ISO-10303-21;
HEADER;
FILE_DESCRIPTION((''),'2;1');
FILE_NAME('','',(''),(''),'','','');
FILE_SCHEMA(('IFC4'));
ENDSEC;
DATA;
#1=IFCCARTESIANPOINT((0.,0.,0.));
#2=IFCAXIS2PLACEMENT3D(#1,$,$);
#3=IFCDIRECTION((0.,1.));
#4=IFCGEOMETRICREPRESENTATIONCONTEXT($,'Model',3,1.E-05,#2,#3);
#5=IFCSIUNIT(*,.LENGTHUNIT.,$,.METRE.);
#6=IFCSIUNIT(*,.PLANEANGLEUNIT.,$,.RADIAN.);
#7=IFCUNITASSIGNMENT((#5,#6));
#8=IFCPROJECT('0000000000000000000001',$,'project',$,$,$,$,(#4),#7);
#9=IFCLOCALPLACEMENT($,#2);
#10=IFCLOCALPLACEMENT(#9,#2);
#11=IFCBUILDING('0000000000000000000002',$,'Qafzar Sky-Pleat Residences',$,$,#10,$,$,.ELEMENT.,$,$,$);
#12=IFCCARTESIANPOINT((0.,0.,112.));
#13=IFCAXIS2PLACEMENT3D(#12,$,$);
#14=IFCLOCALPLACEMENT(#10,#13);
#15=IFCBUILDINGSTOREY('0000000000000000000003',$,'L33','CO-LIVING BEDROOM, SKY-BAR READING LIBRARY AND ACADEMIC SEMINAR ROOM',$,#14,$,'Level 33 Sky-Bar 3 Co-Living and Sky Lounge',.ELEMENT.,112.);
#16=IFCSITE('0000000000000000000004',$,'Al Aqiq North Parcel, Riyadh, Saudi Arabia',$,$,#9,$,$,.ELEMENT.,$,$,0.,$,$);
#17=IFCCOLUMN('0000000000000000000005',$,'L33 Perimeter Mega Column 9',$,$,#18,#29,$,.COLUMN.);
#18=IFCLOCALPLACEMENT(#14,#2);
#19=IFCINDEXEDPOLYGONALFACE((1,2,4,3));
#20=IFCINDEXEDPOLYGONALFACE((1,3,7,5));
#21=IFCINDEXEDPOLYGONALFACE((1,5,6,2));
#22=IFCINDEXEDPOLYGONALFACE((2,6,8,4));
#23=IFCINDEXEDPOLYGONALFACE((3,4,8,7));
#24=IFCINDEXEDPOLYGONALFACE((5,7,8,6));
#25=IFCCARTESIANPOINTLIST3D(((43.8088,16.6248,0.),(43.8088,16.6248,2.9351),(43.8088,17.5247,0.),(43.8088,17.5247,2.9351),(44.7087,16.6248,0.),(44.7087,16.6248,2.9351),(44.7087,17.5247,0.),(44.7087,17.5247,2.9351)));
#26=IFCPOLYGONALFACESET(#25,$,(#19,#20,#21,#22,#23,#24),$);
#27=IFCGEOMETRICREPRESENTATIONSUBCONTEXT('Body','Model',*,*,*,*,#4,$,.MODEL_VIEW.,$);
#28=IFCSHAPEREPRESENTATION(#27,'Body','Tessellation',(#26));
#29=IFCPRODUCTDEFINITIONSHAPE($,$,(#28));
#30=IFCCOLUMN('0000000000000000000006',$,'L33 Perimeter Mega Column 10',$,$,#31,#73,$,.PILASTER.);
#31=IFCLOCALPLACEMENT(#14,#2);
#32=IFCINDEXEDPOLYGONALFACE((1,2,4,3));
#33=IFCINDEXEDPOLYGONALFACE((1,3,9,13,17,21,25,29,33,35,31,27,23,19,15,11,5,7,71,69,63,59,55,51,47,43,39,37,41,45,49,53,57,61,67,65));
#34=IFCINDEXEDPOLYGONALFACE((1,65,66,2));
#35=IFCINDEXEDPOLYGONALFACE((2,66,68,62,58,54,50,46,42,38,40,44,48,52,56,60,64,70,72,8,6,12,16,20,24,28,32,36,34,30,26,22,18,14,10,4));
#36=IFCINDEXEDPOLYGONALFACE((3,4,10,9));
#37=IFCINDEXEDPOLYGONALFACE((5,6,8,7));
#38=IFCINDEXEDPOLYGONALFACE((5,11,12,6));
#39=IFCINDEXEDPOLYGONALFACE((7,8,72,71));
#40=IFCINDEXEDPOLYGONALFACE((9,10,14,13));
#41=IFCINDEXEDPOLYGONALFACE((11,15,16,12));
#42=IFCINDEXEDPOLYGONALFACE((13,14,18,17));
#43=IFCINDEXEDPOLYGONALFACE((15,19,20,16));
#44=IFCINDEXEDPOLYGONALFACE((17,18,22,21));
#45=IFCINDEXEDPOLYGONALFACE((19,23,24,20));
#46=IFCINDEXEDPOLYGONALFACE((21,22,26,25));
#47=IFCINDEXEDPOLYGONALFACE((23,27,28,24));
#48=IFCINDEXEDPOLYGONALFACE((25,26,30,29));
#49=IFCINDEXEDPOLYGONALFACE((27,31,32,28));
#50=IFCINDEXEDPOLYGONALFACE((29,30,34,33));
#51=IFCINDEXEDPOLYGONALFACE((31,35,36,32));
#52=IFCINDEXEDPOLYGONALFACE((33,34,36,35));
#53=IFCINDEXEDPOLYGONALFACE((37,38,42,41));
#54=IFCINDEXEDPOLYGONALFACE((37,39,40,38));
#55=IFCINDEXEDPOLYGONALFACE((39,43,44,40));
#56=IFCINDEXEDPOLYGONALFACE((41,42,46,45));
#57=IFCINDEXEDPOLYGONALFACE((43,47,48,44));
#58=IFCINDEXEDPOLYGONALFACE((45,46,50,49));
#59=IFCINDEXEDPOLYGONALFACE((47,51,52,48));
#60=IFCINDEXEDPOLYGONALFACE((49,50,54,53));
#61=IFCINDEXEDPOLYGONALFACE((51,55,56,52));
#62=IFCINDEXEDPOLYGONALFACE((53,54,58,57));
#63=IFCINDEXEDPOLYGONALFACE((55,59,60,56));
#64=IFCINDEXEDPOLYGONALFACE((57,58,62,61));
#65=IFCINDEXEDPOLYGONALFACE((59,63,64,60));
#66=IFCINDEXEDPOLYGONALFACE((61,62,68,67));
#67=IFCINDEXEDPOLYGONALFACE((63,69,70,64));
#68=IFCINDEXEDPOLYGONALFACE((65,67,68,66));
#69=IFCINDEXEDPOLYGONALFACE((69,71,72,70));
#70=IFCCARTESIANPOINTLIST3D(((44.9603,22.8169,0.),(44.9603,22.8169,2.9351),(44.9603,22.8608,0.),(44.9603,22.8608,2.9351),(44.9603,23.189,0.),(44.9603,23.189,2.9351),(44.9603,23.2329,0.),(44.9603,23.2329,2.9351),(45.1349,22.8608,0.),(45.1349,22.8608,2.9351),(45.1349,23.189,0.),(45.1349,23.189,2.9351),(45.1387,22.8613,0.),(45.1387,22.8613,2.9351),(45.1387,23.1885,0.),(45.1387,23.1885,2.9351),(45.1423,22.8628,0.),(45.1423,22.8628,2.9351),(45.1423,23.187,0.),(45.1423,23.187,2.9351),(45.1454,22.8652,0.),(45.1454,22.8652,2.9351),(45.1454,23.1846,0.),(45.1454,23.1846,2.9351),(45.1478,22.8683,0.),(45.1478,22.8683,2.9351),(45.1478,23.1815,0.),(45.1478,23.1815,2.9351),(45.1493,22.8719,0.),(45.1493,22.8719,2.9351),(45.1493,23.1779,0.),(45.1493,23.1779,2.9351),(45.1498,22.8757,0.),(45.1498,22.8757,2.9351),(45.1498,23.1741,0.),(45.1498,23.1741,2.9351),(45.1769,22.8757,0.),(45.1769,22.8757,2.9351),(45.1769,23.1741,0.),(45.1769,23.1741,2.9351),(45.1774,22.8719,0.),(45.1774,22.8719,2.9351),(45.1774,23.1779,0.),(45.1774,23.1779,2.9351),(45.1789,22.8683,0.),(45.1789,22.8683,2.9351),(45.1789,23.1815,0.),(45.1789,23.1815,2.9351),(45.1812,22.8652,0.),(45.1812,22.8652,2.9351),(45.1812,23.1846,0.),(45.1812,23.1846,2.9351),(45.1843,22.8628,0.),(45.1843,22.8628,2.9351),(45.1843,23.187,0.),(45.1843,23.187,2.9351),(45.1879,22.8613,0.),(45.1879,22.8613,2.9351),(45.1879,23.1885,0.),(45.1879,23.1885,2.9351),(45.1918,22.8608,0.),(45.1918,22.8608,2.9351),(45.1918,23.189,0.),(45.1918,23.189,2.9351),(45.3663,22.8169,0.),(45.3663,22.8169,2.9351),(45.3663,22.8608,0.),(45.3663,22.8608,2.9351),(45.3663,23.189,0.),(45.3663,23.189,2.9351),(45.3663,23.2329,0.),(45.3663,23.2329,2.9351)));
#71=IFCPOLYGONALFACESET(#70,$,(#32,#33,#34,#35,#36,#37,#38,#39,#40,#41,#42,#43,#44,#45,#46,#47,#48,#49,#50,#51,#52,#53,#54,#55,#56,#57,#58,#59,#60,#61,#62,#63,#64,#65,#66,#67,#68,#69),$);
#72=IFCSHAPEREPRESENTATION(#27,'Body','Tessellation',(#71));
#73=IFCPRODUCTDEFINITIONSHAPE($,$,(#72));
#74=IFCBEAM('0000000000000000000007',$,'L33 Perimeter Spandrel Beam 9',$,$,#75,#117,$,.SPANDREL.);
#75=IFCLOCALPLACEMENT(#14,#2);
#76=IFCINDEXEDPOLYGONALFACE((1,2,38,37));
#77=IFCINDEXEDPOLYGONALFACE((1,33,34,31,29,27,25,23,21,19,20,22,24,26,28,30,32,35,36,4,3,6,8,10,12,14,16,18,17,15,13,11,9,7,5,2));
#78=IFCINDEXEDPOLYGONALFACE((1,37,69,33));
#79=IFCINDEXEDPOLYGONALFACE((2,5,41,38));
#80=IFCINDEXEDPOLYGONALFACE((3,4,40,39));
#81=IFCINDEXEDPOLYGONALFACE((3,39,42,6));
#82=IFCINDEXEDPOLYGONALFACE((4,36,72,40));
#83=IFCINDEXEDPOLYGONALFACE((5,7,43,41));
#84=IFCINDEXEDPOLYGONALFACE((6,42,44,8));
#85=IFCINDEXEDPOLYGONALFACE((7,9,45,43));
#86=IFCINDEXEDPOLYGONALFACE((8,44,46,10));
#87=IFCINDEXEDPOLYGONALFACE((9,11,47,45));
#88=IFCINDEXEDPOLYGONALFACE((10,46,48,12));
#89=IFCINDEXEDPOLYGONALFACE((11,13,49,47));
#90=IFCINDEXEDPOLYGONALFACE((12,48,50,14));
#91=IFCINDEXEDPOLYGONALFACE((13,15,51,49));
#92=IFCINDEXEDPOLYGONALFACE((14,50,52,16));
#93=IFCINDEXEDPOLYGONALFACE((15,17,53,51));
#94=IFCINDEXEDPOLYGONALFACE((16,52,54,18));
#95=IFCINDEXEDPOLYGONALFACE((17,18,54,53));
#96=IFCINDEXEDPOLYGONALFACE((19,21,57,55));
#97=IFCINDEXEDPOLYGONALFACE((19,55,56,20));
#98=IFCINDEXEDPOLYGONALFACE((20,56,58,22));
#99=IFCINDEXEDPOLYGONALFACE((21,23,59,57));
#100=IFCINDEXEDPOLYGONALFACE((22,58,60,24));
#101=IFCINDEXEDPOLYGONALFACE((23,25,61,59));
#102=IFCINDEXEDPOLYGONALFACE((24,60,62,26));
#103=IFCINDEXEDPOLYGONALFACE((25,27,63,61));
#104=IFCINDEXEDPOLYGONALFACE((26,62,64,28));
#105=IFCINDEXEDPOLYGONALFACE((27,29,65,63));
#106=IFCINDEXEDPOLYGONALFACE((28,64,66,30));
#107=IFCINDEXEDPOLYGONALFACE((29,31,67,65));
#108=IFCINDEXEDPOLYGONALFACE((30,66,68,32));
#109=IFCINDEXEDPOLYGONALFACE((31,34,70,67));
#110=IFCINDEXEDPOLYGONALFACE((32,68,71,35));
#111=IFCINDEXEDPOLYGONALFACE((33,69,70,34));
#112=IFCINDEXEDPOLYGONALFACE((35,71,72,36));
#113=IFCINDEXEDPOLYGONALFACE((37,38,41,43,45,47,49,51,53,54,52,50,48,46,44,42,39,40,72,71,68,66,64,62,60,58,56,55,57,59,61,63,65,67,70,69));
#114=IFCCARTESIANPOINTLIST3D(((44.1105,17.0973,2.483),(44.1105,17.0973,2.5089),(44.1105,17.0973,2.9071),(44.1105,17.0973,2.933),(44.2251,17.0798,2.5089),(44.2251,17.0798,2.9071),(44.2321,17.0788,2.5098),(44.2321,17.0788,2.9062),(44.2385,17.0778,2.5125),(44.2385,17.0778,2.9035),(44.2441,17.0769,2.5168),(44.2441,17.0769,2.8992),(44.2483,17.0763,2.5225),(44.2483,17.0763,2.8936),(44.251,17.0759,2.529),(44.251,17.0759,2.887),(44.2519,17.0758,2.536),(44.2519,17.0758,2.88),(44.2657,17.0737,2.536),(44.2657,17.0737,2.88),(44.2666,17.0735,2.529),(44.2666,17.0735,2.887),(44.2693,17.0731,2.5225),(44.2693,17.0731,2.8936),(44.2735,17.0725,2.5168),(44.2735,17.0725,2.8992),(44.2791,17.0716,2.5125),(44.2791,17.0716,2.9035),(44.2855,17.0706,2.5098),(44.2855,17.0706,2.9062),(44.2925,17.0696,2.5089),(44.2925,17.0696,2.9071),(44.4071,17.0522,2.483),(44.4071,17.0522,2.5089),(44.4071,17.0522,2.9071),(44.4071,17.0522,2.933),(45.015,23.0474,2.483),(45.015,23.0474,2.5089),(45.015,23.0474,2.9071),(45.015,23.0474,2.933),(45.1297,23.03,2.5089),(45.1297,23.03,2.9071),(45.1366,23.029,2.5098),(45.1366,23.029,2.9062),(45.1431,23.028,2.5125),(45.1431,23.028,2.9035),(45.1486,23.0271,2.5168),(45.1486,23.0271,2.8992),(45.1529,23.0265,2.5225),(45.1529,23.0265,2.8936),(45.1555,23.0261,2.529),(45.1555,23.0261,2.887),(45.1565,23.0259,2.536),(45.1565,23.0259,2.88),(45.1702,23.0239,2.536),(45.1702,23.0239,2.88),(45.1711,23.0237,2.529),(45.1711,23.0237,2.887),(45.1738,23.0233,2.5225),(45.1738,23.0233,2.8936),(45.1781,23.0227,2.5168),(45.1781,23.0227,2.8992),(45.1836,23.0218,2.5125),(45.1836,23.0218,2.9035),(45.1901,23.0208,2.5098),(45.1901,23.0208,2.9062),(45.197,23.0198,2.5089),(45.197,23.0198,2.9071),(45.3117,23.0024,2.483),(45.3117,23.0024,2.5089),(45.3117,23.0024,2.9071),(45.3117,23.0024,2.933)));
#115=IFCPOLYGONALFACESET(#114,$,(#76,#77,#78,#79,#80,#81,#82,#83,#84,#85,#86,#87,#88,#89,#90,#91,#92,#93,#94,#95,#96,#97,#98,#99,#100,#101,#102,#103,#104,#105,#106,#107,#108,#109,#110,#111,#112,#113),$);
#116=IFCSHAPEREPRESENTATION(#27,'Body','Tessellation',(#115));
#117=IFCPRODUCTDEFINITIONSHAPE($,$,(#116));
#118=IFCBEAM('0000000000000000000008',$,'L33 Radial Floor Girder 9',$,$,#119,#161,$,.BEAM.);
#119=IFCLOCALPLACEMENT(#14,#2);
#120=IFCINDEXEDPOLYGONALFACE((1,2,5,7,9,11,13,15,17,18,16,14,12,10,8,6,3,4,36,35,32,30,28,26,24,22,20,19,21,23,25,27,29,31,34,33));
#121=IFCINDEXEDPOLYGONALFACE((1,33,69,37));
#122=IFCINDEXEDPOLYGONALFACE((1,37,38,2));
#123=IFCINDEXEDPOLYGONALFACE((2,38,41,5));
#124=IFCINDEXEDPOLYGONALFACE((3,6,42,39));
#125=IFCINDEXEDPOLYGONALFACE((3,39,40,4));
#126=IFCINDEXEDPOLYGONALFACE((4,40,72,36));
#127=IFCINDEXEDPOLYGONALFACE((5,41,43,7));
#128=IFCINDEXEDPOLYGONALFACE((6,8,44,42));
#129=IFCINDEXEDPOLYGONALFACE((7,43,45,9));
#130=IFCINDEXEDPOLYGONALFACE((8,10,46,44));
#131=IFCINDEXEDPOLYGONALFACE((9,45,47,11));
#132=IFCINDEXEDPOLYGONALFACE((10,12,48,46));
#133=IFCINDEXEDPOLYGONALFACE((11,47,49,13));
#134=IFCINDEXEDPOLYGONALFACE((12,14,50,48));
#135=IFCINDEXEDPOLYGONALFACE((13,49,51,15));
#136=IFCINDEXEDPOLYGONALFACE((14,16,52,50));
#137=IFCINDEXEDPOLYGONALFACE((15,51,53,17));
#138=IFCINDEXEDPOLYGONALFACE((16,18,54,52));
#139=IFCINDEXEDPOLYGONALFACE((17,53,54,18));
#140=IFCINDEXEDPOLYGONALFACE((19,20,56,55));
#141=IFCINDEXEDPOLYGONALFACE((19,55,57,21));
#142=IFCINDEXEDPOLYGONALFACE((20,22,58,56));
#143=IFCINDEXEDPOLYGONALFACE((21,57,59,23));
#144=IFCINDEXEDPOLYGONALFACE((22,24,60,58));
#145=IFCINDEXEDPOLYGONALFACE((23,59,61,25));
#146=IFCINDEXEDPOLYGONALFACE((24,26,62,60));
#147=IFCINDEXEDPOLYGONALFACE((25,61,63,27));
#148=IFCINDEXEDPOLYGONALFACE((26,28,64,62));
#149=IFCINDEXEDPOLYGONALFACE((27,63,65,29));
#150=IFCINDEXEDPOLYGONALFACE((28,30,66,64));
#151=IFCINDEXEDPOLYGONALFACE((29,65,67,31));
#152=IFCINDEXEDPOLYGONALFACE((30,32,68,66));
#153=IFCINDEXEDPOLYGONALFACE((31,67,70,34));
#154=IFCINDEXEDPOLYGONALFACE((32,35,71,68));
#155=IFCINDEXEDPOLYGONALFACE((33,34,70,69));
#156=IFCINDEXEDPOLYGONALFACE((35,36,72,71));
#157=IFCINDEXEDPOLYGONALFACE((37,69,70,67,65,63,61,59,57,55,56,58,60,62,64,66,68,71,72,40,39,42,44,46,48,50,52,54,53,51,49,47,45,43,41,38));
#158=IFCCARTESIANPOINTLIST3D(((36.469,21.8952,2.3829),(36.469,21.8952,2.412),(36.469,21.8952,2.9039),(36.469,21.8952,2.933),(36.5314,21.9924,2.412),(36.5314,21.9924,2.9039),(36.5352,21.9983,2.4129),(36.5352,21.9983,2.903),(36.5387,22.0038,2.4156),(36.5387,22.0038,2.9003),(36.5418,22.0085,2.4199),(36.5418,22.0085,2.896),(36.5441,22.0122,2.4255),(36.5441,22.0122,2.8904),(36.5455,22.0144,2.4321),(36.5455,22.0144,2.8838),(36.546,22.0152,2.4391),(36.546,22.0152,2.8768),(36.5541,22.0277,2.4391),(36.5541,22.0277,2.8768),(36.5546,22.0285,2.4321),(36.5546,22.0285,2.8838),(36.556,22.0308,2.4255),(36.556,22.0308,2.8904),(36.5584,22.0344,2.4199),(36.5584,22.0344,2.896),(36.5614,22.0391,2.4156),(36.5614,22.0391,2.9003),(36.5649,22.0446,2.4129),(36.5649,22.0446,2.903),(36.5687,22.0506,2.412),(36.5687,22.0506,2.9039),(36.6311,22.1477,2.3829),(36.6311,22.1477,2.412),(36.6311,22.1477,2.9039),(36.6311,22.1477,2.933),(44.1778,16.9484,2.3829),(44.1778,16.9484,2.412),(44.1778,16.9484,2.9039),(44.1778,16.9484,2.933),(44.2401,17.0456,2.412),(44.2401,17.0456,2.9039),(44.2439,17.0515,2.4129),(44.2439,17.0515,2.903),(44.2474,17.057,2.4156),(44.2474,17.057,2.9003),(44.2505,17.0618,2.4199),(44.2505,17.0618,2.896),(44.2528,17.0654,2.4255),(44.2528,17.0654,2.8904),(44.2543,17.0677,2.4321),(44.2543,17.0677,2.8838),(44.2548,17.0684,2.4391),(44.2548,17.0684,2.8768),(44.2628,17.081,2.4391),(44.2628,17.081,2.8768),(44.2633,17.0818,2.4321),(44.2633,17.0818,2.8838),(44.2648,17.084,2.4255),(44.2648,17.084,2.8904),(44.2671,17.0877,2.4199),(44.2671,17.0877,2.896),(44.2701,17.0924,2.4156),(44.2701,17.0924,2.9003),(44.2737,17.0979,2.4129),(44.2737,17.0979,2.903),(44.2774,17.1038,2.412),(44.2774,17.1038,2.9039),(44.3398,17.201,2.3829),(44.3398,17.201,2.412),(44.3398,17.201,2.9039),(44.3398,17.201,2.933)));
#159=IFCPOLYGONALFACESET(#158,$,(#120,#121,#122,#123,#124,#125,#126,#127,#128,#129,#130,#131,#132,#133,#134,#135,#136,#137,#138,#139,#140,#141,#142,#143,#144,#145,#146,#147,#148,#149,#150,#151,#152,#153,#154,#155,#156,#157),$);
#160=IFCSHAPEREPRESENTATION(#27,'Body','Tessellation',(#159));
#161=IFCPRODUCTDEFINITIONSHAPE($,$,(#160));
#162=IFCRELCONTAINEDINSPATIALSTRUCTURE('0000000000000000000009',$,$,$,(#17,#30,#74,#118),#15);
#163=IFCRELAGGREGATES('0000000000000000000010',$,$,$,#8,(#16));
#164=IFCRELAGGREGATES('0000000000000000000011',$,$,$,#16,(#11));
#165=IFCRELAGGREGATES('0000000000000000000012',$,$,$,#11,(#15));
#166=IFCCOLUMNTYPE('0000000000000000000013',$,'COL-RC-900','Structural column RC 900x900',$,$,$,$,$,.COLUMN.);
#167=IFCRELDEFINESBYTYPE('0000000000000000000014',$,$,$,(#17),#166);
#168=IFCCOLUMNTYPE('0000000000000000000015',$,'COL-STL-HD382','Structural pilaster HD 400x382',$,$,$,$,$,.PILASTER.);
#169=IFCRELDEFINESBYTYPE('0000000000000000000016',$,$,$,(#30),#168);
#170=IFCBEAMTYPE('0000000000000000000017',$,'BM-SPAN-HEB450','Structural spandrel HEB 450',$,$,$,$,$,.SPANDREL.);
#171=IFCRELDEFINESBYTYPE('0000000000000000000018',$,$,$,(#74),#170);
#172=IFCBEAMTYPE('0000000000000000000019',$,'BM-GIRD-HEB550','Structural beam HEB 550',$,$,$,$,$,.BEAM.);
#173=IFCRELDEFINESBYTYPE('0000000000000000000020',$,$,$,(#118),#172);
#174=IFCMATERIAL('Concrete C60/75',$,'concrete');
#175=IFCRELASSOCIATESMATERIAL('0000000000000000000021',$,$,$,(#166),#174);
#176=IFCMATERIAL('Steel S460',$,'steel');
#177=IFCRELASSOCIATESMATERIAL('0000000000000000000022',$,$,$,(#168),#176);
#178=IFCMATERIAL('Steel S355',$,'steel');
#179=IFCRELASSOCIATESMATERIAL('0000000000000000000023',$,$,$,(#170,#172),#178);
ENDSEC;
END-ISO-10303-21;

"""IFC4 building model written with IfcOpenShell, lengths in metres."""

from ifc_helpers import new_model, si_unit, direction, frame, origin, origin_2d, place, context, subcontext, project, spatial, rectangle, i_section, extrude, source, transform, mapped, material, material_profile, profile_set, type_object, element, save


model = new_model("IFC4")

# Units and contexts
model_context = context("Model", 3, precision=1e-05, world=origin(), true_north=direction((0.0, 1.0)))
body_context = subcontext(model_context, "Body", "Model", "MODEL_VIEW")
ifc_project = project(units=[si_unit("LENGTHUNIT", "METRE"), si_unit("PLANEANGLEUNIT", "RADIAN")], contexts=[model_context])

# Site, building, storey
site_placement = place(None, origin())
site = spatial("IfcSite", under=ifc_project, at=site_placement, Name="Al Aqiq North Parcel, Riyadh, Saudi Arabia", CompositionType="ELEMENT", RefElevation=0.0)
building_placement = place(site_placement, origin())
building = spatial("IfcBuilding", under=site, at=building_placement, Name="Qafzar Sky-Pleat Residences", CompositionType="ELEMENT")
storey_placement = place(building_placement, frame((0.0, 0.0, 112.0)))
storey = spatial("IfcBuildingStorey", under=building, at=storey_placement, Name="L33", Description="CO-LIVING BEDROOM, SKY-BAR READING LIBRARY AND ACADEMIC SEMINAR ROOM", LongName="Level 33 Sky-Bar 3 Co-Living and Sky Lounge", CompositionType="ELEMENT", Elevation=112.0)

# Columns
ifc_material_1 = material(Name="Concrete C60/75", Category="concrete")
ifc_material_profile_1 = material_profile(ifc_material_1, rectangle(XDim=0.8999, YDim=0.8999, at=origin_2d()), Name="RC 900x900")
ifc_profile_set_1 = profile_set([ifc_material_profile_1], Name="Concrete C60/75")
column_type_1 = type_object("IfcColumnType", Name="COL-RC-900", Description="Structural column RC 900x900", PredefinedType="COLUMN", material=ifc_profile_set_1)
shared_shape_1 = source(origin(), body_context, "Body", "SweptSolid", [
    extrude(rectangle(XDim=0.8999, YDim=0.8999, at=origin_2d()), origin(), (0.0, 0.0, 1.0), 2.9351),
])
column_1_placement = place(storey_placement, frame((44.2588, 17.0747, 0.0), z_axis=(0.0, 0.0, 1.0), x_axis=(1.0, 0.0, 0.0)))
element("IfcColumn", 1, at=column_1_placement, inside=storey, type_object=column_type_1, Name="L33 Perimeter Mega Column 9", PredefinedType="COLUMN", context=body_context, shape_type="MappedRepresentation", body=[
    mapped(shared_shape_1, transform((0.0, 0.0, 0.0), x_axis=(1.0, 0.0, 0.0), y_axis=(0.0, 1.0, 0.0), z_axis=(0.0, 0.0, 1.0), scale=1.0)),
])
ifc_material_2 = material(Name="Steel S460", Category="steel")
ifc_material_profile_2 = material_profile(ifc_material_2, i_section(OverallWidth=0.406, OverallDepth=0.416, WebThickness=0.0271, FlangeThickness=0.0439, FilletRadius=0.0149, at=origin_2d()), Name="HD 400x382")
ifc_profile_set_2 = profile_set([ifc_material_profile_2], Name="Steel S460")
column_type_2 = type_object("IfcColumnType", Name="COL-STL-HD382", Description="Structural pilaster HD 400x382", PredefinedType="PILASTER", material=ifc_profile_set_2)
shared_shape_2 = source(origin(), body_context, "Body", "SweptSolid", [
    extrude(i_section(OverallWidth=0.406, OverallDepth=0.416, WebThickness=0.0271, FlangeThickness=0.0439, FilletRadius=0.0149, at=origin_2d()), origin(), (0.0, 0.0, 1.0), 2.9351),
])
column_2_placement = place(storey_placement, frame((45.1633, 23.0249, 0.0), z_axis=(0.0, 0.0, 1.0), x_axis=(1.0, 0.0, 0.0)))
element("IfcColumn", 2, at=column_2_placement, inside=storey, type_object=column_type_2, Name="L33 Perimeter Mega Column 10", PredefinedType="PILASTER", context=body_context, shape_type="MappedRepresentation", body=[
    mapped(shared_shape_2, transform((0.0, 0.0, 0.0), x_axis=(1.0, 0.0, 0.0), y_axis=(0.0, 1.0, 0.0), z_axis=(0.0, 0.0, 1.0), scale=1.0)),
])

# Beams
ifc_material_3 = material(Name="Steel S355", Category="steel")
ifc_material_profile_3 = material_profile(ifc_material_3, i_section(OverallWidth=0.3, OverallDepth=0.45, WebThickness=0.0139, FlangeThickness=0.0259, FilletRadius=0.0271, at=origin_2d()), Name="HEB 450")
ifc_profile_set_3 = profile_set([ifc_material_profile_3], Name="Steel S355")
beam_type_1 = type_object("IfcBeamType", Name="BM-SPAN-HEB450", Description="Structural spandrel HEB 450", PredefinedType="SPANDREL", material=ifc_profile_set_3)
shared_shape_3 = source(origin(), body_context, "Body", "SweptSolid", [
    extrude(i_section(OverallWidth=0.3, OverallDepth=0.45, WebThickness=0.0139, FlangeThickness=0.0259, FilletRadius=0.0271, at=origin_2d()), origin(), (0.0, 0.0, 1.0), 6.0186),
])
beam_1_placement = place(storey_placement, frame((44.2588, 17.0747, 2.708), z_axis=(0.150292, 0.988642, 0.0), x_axis=(-0.988642, 0.150292, 0.0)))
element("IfcBeam", 3, at=beam_1_placement, inside=storey, type_object=beam_type_1, Name="L33 Perimeter Spandrel Beam 9", PredefinedType="SPANDREL", context=body_context, shape_type="MappedRepresentation", body=[
    mapped(shared_shape_3, transform((0.0, 0.0, 0.0), x_axis=(1.0, 0.0, 0.0), y_axis=(0.0, 1.0, 0.0), z_axis=(0.0, 0.0, 1.0), scale=1.0)),
])
ifc_material_profile_4 = material_profile(ifc_material_3, i_section(OverallWidth=0.3, OverallDepth=0.55, WebThickness=0.0149, FlangeThickness=0.0291, FilletRadius=0.0271, at=origin_2d()), Name="HEB 550")
ifc_profile_set_4 = profile_set([ifc_material_profile_4], Name="Steel S355")
beam_type_2 = type_object("IfcBeamType", Name="BM-GIRD-HEB550", Description="Structural beam HEB 550", PredefinedType="BEAM", material=ifc_profile_set_4)
shared_shape_4 = source(origin(), body_context, "Body", "SweptSolid", [
    extrude(i_section(OverallWidth=0.3, OverallDepth=0.55, WebThickness=0.0149, FlangeThickness=0.0291, FilletRadius=0.0271, at=origin_2d()), origin(), (0.0, 0.0, 1.0), 9.1594),
])
beam_2_placement = place(storey_placement, frame((44.2588, 17.0747, 2.658), z_axis=(-0.841617, 0.540074, 0.0), x_axis=(-0.540074, -0.841617, 0.0)))
element("IfcBeam", 4, at=beam_2_placement, inside=storey, type_object=beam_type_2, Name="L33 Radial Floor Girder 9", PredefinedType="BEAM", context=body_context, shape_type="MappedRepresentation", body=[
    mapped(shared_shape_4, transform((0.0, 0.0, 0.0), x_axis=(1.0, 0.0, 0.0), y_axis=(0.0, 1.0, 0.0), z_axis=(0.0, 0.0, 1.0), scale=1.0)),
])

save(model, "model.ifc")
